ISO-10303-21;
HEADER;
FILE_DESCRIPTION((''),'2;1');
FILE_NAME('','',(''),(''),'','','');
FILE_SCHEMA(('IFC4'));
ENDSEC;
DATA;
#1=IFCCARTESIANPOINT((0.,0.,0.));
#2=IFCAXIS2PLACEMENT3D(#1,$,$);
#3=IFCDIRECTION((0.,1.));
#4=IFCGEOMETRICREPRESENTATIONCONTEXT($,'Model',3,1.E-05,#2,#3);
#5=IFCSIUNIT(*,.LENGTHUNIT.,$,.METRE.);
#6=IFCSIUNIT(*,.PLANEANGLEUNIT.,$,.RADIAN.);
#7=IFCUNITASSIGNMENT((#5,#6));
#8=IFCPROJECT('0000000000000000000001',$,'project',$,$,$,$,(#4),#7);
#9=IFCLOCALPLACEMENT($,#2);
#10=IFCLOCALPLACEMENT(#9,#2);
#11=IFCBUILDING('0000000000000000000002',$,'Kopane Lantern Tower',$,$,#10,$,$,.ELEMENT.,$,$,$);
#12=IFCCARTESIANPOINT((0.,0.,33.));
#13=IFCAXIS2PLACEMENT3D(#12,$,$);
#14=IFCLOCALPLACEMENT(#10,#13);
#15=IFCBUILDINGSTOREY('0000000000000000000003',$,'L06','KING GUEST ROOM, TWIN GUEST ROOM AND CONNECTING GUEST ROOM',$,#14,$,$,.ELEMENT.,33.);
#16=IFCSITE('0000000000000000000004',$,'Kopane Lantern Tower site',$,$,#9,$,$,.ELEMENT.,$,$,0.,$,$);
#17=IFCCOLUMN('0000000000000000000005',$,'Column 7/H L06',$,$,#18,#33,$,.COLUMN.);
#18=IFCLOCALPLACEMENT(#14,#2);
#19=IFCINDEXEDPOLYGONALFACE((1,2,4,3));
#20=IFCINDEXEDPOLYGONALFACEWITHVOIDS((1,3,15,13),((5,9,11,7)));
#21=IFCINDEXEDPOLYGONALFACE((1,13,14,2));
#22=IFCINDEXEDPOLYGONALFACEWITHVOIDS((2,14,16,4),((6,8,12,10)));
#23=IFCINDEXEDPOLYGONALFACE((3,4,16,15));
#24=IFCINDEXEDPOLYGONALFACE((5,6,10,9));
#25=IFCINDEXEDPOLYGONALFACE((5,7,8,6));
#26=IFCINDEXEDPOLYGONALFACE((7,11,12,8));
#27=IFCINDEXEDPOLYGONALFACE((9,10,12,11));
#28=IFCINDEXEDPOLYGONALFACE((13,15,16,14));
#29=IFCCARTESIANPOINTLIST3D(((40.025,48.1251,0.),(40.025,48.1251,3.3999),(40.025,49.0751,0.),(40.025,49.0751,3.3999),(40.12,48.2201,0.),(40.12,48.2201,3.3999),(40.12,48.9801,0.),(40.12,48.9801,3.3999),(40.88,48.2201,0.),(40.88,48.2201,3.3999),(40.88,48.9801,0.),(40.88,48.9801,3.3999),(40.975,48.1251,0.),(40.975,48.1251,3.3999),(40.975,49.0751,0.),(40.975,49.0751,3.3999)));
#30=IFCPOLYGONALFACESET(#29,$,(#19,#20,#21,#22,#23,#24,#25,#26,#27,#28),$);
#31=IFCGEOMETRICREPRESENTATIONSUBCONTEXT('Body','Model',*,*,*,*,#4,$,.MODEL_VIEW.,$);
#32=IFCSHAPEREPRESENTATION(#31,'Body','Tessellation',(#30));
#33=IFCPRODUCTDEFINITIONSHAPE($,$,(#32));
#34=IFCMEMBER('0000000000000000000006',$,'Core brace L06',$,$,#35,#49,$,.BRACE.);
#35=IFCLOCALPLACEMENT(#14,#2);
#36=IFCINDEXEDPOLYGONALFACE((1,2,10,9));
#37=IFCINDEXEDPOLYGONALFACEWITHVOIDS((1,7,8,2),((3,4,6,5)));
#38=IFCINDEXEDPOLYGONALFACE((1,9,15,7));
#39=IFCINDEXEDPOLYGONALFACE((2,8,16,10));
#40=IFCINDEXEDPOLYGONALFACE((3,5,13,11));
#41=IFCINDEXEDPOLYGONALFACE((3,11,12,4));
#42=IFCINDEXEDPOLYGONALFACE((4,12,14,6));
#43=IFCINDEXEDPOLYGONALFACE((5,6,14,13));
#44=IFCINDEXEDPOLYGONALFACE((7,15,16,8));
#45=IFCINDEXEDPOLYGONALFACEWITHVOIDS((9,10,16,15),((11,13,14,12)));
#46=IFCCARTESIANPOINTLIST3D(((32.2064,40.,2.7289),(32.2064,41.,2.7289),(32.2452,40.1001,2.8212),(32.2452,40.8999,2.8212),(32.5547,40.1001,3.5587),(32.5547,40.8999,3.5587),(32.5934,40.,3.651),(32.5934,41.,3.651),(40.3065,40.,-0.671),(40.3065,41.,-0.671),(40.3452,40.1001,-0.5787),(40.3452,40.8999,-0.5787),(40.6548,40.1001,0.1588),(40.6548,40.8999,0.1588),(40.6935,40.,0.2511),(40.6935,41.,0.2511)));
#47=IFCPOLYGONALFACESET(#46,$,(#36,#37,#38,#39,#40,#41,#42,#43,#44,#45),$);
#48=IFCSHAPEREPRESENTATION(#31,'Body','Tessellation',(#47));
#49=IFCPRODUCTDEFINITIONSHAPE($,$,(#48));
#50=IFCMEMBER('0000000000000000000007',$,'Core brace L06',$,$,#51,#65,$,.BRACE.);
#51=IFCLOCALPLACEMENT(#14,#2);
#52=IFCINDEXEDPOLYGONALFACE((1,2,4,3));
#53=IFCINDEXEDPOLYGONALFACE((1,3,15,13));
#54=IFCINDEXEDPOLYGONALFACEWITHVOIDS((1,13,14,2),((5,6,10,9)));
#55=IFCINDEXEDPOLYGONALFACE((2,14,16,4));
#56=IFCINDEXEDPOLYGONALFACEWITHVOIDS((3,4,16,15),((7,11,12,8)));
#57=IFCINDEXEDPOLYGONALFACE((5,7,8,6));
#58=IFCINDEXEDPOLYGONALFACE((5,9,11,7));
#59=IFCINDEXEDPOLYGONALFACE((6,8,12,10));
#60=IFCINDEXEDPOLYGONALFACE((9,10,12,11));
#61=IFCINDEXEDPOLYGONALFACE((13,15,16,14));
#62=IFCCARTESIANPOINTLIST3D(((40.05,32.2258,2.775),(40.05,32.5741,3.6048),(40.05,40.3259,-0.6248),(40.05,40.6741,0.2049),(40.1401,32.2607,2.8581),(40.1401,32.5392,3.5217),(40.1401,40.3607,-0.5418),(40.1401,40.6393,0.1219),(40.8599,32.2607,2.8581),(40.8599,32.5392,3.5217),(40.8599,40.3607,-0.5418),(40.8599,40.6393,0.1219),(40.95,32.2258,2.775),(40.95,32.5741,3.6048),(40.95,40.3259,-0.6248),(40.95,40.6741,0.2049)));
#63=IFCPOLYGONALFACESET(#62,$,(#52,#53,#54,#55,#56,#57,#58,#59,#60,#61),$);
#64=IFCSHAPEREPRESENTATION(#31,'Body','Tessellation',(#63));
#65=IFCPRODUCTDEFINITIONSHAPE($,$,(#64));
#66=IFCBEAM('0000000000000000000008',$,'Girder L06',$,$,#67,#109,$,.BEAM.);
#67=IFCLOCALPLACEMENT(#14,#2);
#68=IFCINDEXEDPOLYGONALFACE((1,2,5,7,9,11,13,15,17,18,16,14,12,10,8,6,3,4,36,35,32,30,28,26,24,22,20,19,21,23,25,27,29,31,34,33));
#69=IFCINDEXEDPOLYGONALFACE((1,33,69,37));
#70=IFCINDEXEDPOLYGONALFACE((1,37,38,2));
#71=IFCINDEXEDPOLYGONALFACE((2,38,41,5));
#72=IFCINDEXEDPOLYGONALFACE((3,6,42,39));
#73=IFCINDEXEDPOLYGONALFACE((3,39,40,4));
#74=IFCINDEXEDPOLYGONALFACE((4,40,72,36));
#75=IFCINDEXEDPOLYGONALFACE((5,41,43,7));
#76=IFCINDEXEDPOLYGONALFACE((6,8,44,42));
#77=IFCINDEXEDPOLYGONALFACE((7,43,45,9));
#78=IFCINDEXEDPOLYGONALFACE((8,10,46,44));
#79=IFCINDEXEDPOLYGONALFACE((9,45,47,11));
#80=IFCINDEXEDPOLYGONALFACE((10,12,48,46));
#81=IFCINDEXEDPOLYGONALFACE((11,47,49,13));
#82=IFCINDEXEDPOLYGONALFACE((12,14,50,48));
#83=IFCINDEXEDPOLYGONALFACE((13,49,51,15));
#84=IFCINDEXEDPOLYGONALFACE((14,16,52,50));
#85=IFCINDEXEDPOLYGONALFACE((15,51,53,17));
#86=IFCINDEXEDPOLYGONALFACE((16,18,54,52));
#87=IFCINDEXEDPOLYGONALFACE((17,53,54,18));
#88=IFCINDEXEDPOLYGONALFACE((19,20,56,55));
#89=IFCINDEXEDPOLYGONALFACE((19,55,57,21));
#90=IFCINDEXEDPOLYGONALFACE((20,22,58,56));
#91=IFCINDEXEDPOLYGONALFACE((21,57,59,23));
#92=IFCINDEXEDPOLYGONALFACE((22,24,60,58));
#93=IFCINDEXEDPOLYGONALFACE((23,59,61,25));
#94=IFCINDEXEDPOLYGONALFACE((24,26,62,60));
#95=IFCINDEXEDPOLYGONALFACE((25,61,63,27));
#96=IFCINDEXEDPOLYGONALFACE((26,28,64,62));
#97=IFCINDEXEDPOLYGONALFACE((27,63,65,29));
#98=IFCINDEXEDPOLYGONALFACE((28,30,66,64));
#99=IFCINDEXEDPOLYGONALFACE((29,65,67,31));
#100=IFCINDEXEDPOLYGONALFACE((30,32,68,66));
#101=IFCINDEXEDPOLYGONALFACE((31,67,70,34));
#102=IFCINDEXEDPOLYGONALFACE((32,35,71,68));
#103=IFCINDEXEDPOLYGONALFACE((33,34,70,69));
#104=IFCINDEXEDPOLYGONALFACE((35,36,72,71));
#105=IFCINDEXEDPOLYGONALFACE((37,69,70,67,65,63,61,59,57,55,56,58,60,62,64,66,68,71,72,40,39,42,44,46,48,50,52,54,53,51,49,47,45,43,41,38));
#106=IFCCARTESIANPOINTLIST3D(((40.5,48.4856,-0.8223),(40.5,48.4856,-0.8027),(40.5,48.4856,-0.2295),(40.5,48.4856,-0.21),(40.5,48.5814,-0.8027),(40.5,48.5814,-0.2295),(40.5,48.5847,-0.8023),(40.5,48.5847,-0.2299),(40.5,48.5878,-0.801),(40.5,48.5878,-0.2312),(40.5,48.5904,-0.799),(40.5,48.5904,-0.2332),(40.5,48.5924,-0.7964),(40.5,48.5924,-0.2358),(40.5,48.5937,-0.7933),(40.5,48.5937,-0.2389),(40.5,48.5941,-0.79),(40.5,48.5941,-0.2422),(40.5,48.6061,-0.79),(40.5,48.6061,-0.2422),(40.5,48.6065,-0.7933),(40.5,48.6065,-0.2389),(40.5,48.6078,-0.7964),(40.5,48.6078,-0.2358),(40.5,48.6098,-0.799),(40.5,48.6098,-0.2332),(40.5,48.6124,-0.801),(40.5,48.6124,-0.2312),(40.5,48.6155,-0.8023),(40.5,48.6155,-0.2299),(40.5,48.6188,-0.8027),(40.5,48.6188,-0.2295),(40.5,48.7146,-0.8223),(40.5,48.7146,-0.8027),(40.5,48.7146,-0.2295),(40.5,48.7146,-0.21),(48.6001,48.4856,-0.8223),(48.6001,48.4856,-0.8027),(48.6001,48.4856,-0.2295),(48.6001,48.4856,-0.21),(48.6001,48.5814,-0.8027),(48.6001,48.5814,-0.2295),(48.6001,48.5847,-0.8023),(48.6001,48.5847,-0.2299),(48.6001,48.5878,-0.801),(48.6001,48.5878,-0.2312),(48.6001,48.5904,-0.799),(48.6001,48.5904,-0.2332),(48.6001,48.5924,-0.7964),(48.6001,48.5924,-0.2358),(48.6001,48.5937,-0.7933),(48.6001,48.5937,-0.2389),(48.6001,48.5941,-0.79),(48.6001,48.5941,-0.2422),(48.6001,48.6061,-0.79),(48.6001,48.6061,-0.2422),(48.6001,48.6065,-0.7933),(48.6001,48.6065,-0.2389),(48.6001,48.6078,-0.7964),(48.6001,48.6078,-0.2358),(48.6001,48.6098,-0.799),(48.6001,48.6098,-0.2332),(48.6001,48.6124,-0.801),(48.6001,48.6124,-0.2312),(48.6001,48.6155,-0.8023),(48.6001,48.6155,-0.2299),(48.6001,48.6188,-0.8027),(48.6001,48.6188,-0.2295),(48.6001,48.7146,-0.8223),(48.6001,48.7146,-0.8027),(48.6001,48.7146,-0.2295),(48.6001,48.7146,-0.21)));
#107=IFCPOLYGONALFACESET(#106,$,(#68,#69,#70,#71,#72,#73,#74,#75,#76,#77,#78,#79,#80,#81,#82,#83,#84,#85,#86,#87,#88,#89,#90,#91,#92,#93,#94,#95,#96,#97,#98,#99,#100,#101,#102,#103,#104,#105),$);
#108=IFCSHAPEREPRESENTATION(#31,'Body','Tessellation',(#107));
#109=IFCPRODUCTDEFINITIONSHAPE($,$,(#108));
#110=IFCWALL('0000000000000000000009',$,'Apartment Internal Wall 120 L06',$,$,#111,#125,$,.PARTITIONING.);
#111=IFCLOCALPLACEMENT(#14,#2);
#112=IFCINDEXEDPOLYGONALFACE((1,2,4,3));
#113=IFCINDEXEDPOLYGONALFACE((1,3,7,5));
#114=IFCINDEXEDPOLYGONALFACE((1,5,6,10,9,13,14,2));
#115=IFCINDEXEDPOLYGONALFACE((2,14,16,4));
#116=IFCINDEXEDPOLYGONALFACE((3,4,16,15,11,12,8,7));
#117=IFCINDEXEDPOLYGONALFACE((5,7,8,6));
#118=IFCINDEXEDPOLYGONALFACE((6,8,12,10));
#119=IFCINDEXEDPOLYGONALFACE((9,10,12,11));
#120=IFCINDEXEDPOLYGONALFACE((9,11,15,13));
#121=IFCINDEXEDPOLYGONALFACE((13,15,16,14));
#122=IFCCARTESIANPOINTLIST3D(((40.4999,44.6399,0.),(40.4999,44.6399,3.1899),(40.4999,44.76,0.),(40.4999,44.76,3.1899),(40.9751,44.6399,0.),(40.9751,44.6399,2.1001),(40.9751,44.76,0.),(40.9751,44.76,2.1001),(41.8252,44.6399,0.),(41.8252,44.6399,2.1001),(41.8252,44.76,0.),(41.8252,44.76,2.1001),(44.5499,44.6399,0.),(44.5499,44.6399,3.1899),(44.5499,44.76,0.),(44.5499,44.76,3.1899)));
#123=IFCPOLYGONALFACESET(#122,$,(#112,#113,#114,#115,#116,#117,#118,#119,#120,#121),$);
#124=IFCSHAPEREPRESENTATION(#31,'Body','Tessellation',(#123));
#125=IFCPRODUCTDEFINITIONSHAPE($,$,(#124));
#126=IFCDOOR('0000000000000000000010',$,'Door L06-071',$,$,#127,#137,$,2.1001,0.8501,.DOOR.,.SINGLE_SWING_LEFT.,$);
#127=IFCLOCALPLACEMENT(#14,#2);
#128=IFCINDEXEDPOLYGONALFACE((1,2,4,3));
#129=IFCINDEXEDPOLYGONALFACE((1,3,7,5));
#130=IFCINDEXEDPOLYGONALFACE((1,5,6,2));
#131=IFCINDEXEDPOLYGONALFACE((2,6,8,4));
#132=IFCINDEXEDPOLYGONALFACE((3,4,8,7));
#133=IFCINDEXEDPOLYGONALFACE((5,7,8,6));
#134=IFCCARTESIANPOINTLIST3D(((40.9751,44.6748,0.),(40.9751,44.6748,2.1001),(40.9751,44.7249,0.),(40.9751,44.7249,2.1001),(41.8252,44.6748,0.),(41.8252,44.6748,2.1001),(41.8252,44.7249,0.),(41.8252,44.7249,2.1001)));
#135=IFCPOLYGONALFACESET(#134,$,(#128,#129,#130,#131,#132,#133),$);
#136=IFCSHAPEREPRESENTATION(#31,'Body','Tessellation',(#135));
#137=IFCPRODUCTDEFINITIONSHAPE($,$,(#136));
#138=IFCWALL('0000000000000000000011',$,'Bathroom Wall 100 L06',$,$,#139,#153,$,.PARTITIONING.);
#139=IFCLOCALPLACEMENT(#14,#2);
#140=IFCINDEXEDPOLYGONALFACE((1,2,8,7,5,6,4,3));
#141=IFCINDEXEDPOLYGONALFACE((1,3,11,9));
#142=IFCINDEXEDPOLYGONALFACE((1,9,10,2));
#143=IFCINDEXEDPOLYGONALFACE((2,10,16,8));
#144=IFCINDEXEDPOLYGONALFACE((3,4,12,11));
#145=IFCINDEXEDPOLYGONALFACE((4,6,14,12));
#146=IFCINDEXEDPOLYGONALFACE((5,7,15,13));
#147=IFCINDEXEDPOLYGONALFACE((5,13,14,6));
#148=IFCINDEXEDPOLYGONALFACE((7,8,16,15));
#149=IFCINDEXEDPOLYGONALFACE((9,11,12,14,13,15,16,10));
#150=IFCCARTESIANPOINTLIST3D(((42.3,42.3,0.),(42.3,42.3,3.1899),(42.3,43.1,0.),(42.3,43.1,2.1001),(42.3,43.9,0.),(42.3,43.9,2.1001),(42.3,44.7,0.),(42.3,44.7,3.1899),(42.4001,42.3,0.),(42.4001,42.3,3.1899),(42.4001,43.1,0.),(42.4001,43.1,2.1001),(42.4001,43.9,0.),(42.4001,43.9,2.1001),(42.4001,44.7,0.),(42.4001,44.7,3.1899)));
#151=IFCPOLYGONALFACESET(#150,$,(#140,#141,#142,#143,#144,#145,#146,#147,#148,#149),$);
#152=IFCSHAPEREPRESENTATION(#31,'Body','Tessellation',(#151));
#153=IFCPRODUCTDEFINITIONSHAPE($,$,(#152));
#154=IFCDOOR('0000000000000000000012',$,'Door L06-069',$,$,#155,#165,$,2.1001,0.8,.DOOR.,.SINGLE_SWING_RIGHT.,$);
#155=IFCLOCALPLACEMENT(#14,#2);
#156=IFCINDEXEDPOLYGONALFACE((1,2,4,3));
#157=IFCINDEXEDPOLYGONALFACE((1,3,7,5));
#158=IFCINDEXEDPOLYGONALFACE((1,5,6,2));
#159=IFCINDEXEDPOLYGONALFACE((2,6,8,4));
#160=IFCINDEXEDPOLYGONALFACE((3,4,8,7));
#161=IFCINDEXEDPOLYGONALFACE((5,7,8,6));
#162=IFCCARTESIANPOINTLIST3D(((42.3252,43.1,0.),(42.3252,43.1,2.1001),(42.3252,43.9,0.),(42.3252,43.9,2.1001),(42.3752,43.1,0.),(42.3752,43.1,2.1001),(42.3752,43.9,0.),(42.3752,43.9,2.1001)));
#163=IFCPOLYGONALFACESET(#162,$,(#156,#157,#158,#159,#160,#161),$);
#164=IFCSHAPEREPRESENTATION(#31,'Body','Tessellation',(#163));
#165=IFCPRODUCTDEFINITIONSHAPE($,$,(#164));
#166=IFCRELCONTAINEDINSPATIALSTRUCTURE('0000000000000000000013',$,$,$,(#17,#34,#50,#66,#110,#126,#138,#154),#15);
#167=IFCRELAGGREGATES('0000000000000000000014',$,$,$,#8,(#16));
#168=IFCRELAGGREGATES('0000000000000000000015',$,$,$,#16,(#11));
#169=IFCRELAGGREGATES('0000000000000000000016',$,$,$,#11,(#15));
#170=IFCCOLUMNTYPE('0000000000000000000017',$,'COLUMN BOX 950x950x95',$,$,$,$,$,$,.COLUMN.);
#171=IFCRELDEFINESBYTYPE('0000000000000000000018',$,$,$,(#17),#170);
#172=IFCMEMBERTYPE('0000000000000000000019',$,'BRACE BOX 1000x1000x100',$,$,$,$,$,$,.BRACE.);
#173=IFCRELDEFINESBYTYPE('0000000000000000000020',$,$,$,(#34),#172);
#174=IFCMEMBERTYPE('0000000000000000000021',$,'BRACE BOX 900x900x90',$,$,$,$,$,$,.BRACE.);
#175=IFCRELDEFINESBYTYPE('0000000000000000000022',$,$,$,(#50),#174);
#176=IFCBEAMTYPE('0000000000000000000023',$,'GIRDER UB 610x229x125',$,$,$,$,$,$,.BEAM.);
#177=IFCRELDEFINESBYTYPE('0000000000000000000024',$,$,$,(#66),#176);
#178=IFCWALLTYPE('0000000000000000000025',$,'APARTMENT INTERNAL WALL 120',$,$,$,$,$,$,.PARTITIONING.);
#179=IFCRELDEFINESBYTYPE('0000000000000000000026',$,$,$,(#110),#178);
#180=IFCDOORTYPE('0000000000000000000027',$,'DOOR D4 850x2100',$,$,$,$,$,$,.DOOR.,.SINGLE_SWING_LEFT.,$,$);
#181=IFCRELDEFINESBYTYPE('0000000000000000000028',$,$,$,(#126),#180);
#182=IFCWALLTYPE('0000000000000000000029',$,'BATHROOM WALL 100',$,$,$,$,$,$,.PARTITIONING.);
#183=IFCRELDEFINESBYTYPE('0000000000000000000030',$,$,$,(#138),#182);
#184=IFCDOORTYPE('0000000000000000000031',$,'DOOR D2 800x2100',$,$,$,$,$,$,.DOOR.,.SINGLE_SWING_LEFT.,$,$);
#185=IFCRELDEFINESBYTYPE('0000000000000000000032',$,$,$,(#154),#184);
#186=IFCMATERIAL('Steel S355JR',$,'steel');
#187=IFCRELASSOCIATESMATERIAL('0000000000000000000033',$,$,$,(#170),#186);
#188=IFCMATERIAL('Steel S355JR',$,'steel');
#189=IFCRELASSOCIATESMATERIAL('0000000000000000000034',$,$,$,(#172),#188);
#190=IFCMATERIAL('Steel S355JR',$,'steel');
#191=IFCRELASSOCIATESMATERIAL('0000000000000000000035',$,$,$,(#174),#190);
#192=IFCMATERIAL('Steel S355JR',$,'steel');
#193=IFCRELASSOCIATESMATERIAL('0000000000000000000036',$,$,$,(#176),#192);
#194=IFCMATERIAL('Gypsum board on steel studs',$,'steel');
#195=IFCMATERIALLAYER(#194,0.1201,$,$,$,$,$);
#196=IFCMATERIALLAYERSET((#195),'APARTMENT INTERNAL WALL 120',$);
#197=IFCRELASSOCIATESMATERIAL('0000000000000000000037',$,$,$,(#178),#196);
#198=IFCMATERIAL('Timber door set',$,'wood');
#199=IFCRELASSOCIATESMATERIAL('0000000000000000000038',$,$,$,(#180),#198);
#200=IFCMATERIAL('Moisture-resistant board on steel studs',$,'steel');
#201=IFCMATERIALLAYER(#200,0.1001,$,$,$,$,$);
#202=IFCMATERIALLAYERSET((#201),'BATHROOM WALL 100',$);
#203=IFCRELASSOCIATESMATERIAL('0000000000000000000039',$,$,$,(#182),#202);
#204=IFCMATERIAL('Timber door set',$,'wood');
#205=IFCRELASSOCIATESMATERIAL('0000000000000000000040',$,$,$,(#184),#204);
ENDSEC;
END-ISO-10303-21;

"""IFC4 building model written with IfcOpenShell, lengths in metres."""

from ifc_helpers import new_model, si_unit, direction, frame, frame_2d, origin, origin_2d, place, context, subcontext, project, spatial, rectangle, hollow_rectangle, i_section, extrude, material, layer, layer_set, material_profile, profile_set, type_object, element, fill, save


model = new_model("IFC4")

# Units and contexts
model_context = context("Model", 3, precision=1e-05, world=origin(), true_north=direction((0.0, 1.0)))
body_context = subcontext(model_context, "Body", "Model", "MODEL_VIEW")
ifc_project = project(units=[si_unit("LENGTHUNIT", "METRE"), si_unit("PLANEANGLEUNIT", "RADIAN")], contexts=[model_context])

# Site, building, storey
site_placement = place(None, origin())
site = spatial("IfcSite", under=ifc_project, at=site_placement, Name="Kopane Lantern Tower site", CompositionType="ELEMENT", RefElevation=0.0)
building_placement = place(site_placement, origin())
building = spatial("IfcBuilding", under=site, at=building_placement, Name="Kopane Lantern Tower", CompositionType="ELEMENT")
storey_placement = place(building_placement, frame((0.0, 0.0, 33.0)))
storey = spatial("IfcBuildingStorey", under=building, at=storey_placement, Name="L06", Description="KING GUEST ROOM, TWIN GUEST ROOM AND CONNECTING GUEST ROOM", CompositionType="ELEMENT", Elevation=33.0)

# Column
ifc_material_1 = material(Name="Steel S355JR", Category="steel")
ifc_material_profile_1 = material_profile(ifc_material_1, hollow_rectangle(XDim=0.95, YDim=0.95, WallThickness=0.095, at=origin_2d()), Name="BOX 950x950x95")
ifc_profile_set_1 = profile_set([ifc_material_profile_1], Name="Steel S355JR")
column_type = type_object("IfcColumnType", Name="COLUMN BOX 950x950x95", PredefinedType="COLUMN", material=ifc_profile_set_1)
column_placement = place(storey_placement, frame((40.5, 48.6001, 0.0), z_axis=(0.0, 0.0, 1.0), x_axis=(1.0, 0.0, 0.0)))
element("IfcColumn", 1, at=column_placement, inside=storey, type_object=column_type, Name="Column 7/H L06", PredefinedType="COLUMN", context=body_context, shape_type="SweptSolid", body=[
    extrude(hollow_rectangle(XDim=0.95, YDim=0.95, WallThickness=0.095, at=origin_2d()), origin(), (0.0, 0.0, 1.0), 3.3999),
])

# Members
ifc_material_2 = material(Name="Steel S355JR", Category="steel")
ifc_material_profile_2 = material_profile(ifc_material_2, hollow_rectangle(XDim=1.0, YDim=1.0, WallThickness=0.1001, at=origin_2d()), Name="BOX 1000x1000x100")
ifc_profile_set_2 = profile_set([ifc_material_profile_2], Name="Steel S355JR")
member_type_1 = type_object("IfcMemberType", Name="BRACE BOX 1000x1000x100", PredefinedType="BRACE", material=ifc_profile_set_2)
member_1_placement = place(storey_placement, frame((40.5, 40.5, -0.21), z_axis=(-0.922069, 0.0, 0.387026), x_axis=(0.0, -1.0, 0.0)))
element("IfcMember", 2, at=member_1_placement, inside=storey, type_object=member_type_1, Name="Core brace L06", PredefinedType="BRACE", context=body_context, shape_type="SweptSolid", body=[
    extrude(hollow_rectangle(XDim=1.0, YDim=1.0, WallThickness=0.1001, at=origin_2d()), origin(), (0.0, 0.0, 1.0), 8.7847),
])
ifc_material_3 = material(Name="Steel S355JR", Category="steel")
ifc_material_profile_3 = material_profile(ifc_material_3, hollow_rectangle(XDim=0.8999, YDim=0.8999, WallThickness=0.0901, at=origin_2d()), Name="BOX 900x900x90")
ifc_profile_set_3 = profile_set([ifc_material_profile_3], Name="Steel S355JR")
member_type_2 = type_object("IfcMemberType", Name="BRACE BOX 900x900x90", PredefinedType="BRACE", material=ifc_profile_set_3)
member_2_placement = place(storey_placement, frame((40.5, 40.5, -0.21), z_axis=(0.0, -0.922069, 0.387026), x_axis=(1.0, 0.0, 0.0)))
element("IfcMember", 3, at=member_2_placement, inside=storey, type_object=member_type_2, Name="Core brace L06", PredefinedType="BRACE", context=body_context, shape_type="SweptSolid", body=[
    extrude(hollow_rectangle(XDim=0.8999, YDim=0.8999, WallThickness=0.0901, at=origin_2d()), origin(), (0.0, 0.0, 1.0), 8.7847),
])

# Beam
ifc_material_4 = material(Name="Steel S355JR", Category="steel")
ifc_material_profile_4 = material_profile(ifc_material_4, i_section(OverallWidth=0.229, OverallDepth=0.6123, WebThickness=0.012, FlangeThickness=0.0195, FilletRadius=0.0127, at=origin_2d()), Name="UB 610x229x125")
ifc_profile_set_4 = profile_set([ifc_material_profile_4], Name="Steel S355JR")
beam_type = type_object("IfcBeamType", Name="GIRDER UB 610x229x125", PredefinedType="BEAM", material=ifc_profile_set_4)
beam_placement = place(storey_placement, frame((40.5, 48.6001, -0.5161), z_axis=(1.0, 0.0, 0.0), x_axis=(0.0, 1.0, 0.0)))
element("IfcBeam", 4, at=beam_placement, inside=storey, type_object=beam_type, Name="Girder L06", PredefinedType="BEAM", context=body_context, shape_type="SweptSolid", body=[
    extrude(i_section(OverallWidth=0.229, OverallDepth=0.6123, WebThickness=0.012, FlangeThickness=0.0195, FilletRadius=0.0127, at=origin_2d()), origin(), (0.0, 0.0, 1.0), 8.1001),
])

# Walls, openings, doors
ifc_material_5 = material(Name="Gypsum board on steel studs", Category="steel")
ifc_layer_1 = layer(ifc_material_5, 0.1201)
ifc_layer_set_1 = layer_set([ifc_layer_1], Name="APARTMENT INTERNAL WALL 120")
wall_type_1 = type_object("IfcWallType", Name="APARTMENT INTERNAL WALL 120", PredefinedType="PARTITIONING", material=ifc_layer_set_1)
wall_1_placement = place(storey_placement, frame((40.5, 44.7, 0.0), z_axis=(0.0, 0.0, 1.0), x_axis=(1.0, 0.0, 0.0)))
wall_1 = element("IfcWall", 5, at=wall_1_placement, inside=storey, type_object=wall_type_1, Name="Apartment Internal Wall 120 L06", PredefinedType="PARTITIONING", context=body_context, shape_type="SweptSolid", body=[
    extrude(rectangle(XDim=4.05, YDim=0.1201, at=frame_2d((2.0249, 0.0))), origin(), (0.0, 0.0, 1.0), 3.1899),
])
opening_1_placement = place(wall_1_placement, frame((0.4751, 0.0, 0.0)))
opening_1 = element("IfcOpeningElement", 6, at=opening_1_placement, cuts=wall_1, PredefinedType="OPENING", context=body_context, shape_type="SweptSolid", body=[
    extrude(rectangle(XDim=0.8501, YDim=2.1001, at=frame_2d((0.425, 1.05))), frame((0.0, 0.0701, 0.0), z_axis=(0.0, -1.0, 0.0), x_axis=(1.0, 0.0, 0.0)), (0.0, 0.0, 1.0), 0.1401),
])
ifc_material_6 = material(Name="Timber door set", Category="wood")
door_type_1 = type_object("IfcDoorType", Name="DOOR D4 850x2100", OperationType="SINGLE_SWING_LEFT", PredefinedType="DOOR", material=ifc_material_6)
door_1_placement = place(opening_1_placement, origin())
door_1 = element("IfcDoor", 7, at=door_1_placement, inside=storey, type_object=door_type_1, Name="Door L06-071", OperationType="SINGLE_SWING_LEFT", OverallHeight=2.1001, OverallWidth=0.8501, PredefinedType="DOOR", context=body_context, shape_type="SweptSolid", body=[
    extrude(rectangle(XDim=0.8501, YDim=2.1001, at=frame_2d((0.425, 1.05))), frame((0.0, 0.0249, 0.0), z_axis=(0.0, -1.0, 0.0), x_axis=(1.0, 0.0, 0.0)), (0.0, 0.0, 1.0), 0.05),
])
fill(opening_1, door_1)
ifc_material_7 = material(Name="Moisture-resistant board on steel studs", Category="steel")
ifc_layer_2 = layer(ifc_material_7, 0.1001)
ifc_layer_set_2 = layer_set([ifc_layer_2], Name="BATHROOM WALL 100")
wall_type_2 = type_object("IfcWallType", Name="BATHROOM WALL 100", PredefinedType="PARTITIONING", material=ifc_layer_set_2)
wall_2_placement = place(storey_placement, frame((42.3501, 42.3, 0.0), z_axis=(0.0, 0.0, 1.0), x_axis=(0.0, 1.0, 0.0)))
wall_2 = element("IfcWall", 8, at=wall_2_placement, inside=storey, type_object=wall_type_2, Name="Bathroom Wall 100 L06", PredefinedType="PARTITIONING", context=body_context, shape_type="SweptSolid", body=[
    extrude(rectangle(XDim=2.3999, YDim=0.1001, at=frame_2d((1.2, 0.0))), origin(), (0.0, 0.0, 1.0), 3.1899),
])
opening_2_placement = place(wall_2_placement, frame((0.8, 0.0, 0.0)))
opening_2 = element("IfcOpeningElement", 9, at=opening_2_placement, cuts=wall_2, PredefinedType="OPENING", context=body_context, shape_type="SweptSolid", body=[
    extrude(rectangle(XDim=0.8, YDim=2.1001, at=frame_2d((0.3999, 1.05))), frame((0.0, 0.0601, 0.0), z_axis=(0.0, -1.0, 0.0), x_axis=(1.0, 0.0, 0.0)), (0.0, 0.0, 1.0), 0.1201),
])
ifc_material_8 = material(Name="Timber door set", Category="wood")
door_type_2 = type_object("IfcDoorType", Name="DOOR D2 800x2100", OperationType="SINGLE_SWING_LEFT", PredefinedType="DOOR", material=ifc_material_8)
door_2_placement = place(opening_2_placement, origin())
door_2 = element("IfcDoor", 10, at=door_2_placement, inside=storey, type_object=door_type_2, Name="Door L06-069", OperationType="SINGLE_SWING_RIGHT", OverallHeight=2.1001, OverallWidth=0.8, PredefinedType="DOOR", context=body_context, shape_type="SweptSolid", body=[
    extrude(rectangle(XDim=0.8, YDim=2.1001, at=frame_2d((0.3999, 1.05))), frame((0.0, 0.0249, 0.0), z_axis=(0.0, -1.0, 0.0), x_axis=(1.0, 0.0, 0.0)), (0.0, 0.0, 1.0), 0.05),
])
fill(opening_2, door_2)

save(model, "model.ifc")
